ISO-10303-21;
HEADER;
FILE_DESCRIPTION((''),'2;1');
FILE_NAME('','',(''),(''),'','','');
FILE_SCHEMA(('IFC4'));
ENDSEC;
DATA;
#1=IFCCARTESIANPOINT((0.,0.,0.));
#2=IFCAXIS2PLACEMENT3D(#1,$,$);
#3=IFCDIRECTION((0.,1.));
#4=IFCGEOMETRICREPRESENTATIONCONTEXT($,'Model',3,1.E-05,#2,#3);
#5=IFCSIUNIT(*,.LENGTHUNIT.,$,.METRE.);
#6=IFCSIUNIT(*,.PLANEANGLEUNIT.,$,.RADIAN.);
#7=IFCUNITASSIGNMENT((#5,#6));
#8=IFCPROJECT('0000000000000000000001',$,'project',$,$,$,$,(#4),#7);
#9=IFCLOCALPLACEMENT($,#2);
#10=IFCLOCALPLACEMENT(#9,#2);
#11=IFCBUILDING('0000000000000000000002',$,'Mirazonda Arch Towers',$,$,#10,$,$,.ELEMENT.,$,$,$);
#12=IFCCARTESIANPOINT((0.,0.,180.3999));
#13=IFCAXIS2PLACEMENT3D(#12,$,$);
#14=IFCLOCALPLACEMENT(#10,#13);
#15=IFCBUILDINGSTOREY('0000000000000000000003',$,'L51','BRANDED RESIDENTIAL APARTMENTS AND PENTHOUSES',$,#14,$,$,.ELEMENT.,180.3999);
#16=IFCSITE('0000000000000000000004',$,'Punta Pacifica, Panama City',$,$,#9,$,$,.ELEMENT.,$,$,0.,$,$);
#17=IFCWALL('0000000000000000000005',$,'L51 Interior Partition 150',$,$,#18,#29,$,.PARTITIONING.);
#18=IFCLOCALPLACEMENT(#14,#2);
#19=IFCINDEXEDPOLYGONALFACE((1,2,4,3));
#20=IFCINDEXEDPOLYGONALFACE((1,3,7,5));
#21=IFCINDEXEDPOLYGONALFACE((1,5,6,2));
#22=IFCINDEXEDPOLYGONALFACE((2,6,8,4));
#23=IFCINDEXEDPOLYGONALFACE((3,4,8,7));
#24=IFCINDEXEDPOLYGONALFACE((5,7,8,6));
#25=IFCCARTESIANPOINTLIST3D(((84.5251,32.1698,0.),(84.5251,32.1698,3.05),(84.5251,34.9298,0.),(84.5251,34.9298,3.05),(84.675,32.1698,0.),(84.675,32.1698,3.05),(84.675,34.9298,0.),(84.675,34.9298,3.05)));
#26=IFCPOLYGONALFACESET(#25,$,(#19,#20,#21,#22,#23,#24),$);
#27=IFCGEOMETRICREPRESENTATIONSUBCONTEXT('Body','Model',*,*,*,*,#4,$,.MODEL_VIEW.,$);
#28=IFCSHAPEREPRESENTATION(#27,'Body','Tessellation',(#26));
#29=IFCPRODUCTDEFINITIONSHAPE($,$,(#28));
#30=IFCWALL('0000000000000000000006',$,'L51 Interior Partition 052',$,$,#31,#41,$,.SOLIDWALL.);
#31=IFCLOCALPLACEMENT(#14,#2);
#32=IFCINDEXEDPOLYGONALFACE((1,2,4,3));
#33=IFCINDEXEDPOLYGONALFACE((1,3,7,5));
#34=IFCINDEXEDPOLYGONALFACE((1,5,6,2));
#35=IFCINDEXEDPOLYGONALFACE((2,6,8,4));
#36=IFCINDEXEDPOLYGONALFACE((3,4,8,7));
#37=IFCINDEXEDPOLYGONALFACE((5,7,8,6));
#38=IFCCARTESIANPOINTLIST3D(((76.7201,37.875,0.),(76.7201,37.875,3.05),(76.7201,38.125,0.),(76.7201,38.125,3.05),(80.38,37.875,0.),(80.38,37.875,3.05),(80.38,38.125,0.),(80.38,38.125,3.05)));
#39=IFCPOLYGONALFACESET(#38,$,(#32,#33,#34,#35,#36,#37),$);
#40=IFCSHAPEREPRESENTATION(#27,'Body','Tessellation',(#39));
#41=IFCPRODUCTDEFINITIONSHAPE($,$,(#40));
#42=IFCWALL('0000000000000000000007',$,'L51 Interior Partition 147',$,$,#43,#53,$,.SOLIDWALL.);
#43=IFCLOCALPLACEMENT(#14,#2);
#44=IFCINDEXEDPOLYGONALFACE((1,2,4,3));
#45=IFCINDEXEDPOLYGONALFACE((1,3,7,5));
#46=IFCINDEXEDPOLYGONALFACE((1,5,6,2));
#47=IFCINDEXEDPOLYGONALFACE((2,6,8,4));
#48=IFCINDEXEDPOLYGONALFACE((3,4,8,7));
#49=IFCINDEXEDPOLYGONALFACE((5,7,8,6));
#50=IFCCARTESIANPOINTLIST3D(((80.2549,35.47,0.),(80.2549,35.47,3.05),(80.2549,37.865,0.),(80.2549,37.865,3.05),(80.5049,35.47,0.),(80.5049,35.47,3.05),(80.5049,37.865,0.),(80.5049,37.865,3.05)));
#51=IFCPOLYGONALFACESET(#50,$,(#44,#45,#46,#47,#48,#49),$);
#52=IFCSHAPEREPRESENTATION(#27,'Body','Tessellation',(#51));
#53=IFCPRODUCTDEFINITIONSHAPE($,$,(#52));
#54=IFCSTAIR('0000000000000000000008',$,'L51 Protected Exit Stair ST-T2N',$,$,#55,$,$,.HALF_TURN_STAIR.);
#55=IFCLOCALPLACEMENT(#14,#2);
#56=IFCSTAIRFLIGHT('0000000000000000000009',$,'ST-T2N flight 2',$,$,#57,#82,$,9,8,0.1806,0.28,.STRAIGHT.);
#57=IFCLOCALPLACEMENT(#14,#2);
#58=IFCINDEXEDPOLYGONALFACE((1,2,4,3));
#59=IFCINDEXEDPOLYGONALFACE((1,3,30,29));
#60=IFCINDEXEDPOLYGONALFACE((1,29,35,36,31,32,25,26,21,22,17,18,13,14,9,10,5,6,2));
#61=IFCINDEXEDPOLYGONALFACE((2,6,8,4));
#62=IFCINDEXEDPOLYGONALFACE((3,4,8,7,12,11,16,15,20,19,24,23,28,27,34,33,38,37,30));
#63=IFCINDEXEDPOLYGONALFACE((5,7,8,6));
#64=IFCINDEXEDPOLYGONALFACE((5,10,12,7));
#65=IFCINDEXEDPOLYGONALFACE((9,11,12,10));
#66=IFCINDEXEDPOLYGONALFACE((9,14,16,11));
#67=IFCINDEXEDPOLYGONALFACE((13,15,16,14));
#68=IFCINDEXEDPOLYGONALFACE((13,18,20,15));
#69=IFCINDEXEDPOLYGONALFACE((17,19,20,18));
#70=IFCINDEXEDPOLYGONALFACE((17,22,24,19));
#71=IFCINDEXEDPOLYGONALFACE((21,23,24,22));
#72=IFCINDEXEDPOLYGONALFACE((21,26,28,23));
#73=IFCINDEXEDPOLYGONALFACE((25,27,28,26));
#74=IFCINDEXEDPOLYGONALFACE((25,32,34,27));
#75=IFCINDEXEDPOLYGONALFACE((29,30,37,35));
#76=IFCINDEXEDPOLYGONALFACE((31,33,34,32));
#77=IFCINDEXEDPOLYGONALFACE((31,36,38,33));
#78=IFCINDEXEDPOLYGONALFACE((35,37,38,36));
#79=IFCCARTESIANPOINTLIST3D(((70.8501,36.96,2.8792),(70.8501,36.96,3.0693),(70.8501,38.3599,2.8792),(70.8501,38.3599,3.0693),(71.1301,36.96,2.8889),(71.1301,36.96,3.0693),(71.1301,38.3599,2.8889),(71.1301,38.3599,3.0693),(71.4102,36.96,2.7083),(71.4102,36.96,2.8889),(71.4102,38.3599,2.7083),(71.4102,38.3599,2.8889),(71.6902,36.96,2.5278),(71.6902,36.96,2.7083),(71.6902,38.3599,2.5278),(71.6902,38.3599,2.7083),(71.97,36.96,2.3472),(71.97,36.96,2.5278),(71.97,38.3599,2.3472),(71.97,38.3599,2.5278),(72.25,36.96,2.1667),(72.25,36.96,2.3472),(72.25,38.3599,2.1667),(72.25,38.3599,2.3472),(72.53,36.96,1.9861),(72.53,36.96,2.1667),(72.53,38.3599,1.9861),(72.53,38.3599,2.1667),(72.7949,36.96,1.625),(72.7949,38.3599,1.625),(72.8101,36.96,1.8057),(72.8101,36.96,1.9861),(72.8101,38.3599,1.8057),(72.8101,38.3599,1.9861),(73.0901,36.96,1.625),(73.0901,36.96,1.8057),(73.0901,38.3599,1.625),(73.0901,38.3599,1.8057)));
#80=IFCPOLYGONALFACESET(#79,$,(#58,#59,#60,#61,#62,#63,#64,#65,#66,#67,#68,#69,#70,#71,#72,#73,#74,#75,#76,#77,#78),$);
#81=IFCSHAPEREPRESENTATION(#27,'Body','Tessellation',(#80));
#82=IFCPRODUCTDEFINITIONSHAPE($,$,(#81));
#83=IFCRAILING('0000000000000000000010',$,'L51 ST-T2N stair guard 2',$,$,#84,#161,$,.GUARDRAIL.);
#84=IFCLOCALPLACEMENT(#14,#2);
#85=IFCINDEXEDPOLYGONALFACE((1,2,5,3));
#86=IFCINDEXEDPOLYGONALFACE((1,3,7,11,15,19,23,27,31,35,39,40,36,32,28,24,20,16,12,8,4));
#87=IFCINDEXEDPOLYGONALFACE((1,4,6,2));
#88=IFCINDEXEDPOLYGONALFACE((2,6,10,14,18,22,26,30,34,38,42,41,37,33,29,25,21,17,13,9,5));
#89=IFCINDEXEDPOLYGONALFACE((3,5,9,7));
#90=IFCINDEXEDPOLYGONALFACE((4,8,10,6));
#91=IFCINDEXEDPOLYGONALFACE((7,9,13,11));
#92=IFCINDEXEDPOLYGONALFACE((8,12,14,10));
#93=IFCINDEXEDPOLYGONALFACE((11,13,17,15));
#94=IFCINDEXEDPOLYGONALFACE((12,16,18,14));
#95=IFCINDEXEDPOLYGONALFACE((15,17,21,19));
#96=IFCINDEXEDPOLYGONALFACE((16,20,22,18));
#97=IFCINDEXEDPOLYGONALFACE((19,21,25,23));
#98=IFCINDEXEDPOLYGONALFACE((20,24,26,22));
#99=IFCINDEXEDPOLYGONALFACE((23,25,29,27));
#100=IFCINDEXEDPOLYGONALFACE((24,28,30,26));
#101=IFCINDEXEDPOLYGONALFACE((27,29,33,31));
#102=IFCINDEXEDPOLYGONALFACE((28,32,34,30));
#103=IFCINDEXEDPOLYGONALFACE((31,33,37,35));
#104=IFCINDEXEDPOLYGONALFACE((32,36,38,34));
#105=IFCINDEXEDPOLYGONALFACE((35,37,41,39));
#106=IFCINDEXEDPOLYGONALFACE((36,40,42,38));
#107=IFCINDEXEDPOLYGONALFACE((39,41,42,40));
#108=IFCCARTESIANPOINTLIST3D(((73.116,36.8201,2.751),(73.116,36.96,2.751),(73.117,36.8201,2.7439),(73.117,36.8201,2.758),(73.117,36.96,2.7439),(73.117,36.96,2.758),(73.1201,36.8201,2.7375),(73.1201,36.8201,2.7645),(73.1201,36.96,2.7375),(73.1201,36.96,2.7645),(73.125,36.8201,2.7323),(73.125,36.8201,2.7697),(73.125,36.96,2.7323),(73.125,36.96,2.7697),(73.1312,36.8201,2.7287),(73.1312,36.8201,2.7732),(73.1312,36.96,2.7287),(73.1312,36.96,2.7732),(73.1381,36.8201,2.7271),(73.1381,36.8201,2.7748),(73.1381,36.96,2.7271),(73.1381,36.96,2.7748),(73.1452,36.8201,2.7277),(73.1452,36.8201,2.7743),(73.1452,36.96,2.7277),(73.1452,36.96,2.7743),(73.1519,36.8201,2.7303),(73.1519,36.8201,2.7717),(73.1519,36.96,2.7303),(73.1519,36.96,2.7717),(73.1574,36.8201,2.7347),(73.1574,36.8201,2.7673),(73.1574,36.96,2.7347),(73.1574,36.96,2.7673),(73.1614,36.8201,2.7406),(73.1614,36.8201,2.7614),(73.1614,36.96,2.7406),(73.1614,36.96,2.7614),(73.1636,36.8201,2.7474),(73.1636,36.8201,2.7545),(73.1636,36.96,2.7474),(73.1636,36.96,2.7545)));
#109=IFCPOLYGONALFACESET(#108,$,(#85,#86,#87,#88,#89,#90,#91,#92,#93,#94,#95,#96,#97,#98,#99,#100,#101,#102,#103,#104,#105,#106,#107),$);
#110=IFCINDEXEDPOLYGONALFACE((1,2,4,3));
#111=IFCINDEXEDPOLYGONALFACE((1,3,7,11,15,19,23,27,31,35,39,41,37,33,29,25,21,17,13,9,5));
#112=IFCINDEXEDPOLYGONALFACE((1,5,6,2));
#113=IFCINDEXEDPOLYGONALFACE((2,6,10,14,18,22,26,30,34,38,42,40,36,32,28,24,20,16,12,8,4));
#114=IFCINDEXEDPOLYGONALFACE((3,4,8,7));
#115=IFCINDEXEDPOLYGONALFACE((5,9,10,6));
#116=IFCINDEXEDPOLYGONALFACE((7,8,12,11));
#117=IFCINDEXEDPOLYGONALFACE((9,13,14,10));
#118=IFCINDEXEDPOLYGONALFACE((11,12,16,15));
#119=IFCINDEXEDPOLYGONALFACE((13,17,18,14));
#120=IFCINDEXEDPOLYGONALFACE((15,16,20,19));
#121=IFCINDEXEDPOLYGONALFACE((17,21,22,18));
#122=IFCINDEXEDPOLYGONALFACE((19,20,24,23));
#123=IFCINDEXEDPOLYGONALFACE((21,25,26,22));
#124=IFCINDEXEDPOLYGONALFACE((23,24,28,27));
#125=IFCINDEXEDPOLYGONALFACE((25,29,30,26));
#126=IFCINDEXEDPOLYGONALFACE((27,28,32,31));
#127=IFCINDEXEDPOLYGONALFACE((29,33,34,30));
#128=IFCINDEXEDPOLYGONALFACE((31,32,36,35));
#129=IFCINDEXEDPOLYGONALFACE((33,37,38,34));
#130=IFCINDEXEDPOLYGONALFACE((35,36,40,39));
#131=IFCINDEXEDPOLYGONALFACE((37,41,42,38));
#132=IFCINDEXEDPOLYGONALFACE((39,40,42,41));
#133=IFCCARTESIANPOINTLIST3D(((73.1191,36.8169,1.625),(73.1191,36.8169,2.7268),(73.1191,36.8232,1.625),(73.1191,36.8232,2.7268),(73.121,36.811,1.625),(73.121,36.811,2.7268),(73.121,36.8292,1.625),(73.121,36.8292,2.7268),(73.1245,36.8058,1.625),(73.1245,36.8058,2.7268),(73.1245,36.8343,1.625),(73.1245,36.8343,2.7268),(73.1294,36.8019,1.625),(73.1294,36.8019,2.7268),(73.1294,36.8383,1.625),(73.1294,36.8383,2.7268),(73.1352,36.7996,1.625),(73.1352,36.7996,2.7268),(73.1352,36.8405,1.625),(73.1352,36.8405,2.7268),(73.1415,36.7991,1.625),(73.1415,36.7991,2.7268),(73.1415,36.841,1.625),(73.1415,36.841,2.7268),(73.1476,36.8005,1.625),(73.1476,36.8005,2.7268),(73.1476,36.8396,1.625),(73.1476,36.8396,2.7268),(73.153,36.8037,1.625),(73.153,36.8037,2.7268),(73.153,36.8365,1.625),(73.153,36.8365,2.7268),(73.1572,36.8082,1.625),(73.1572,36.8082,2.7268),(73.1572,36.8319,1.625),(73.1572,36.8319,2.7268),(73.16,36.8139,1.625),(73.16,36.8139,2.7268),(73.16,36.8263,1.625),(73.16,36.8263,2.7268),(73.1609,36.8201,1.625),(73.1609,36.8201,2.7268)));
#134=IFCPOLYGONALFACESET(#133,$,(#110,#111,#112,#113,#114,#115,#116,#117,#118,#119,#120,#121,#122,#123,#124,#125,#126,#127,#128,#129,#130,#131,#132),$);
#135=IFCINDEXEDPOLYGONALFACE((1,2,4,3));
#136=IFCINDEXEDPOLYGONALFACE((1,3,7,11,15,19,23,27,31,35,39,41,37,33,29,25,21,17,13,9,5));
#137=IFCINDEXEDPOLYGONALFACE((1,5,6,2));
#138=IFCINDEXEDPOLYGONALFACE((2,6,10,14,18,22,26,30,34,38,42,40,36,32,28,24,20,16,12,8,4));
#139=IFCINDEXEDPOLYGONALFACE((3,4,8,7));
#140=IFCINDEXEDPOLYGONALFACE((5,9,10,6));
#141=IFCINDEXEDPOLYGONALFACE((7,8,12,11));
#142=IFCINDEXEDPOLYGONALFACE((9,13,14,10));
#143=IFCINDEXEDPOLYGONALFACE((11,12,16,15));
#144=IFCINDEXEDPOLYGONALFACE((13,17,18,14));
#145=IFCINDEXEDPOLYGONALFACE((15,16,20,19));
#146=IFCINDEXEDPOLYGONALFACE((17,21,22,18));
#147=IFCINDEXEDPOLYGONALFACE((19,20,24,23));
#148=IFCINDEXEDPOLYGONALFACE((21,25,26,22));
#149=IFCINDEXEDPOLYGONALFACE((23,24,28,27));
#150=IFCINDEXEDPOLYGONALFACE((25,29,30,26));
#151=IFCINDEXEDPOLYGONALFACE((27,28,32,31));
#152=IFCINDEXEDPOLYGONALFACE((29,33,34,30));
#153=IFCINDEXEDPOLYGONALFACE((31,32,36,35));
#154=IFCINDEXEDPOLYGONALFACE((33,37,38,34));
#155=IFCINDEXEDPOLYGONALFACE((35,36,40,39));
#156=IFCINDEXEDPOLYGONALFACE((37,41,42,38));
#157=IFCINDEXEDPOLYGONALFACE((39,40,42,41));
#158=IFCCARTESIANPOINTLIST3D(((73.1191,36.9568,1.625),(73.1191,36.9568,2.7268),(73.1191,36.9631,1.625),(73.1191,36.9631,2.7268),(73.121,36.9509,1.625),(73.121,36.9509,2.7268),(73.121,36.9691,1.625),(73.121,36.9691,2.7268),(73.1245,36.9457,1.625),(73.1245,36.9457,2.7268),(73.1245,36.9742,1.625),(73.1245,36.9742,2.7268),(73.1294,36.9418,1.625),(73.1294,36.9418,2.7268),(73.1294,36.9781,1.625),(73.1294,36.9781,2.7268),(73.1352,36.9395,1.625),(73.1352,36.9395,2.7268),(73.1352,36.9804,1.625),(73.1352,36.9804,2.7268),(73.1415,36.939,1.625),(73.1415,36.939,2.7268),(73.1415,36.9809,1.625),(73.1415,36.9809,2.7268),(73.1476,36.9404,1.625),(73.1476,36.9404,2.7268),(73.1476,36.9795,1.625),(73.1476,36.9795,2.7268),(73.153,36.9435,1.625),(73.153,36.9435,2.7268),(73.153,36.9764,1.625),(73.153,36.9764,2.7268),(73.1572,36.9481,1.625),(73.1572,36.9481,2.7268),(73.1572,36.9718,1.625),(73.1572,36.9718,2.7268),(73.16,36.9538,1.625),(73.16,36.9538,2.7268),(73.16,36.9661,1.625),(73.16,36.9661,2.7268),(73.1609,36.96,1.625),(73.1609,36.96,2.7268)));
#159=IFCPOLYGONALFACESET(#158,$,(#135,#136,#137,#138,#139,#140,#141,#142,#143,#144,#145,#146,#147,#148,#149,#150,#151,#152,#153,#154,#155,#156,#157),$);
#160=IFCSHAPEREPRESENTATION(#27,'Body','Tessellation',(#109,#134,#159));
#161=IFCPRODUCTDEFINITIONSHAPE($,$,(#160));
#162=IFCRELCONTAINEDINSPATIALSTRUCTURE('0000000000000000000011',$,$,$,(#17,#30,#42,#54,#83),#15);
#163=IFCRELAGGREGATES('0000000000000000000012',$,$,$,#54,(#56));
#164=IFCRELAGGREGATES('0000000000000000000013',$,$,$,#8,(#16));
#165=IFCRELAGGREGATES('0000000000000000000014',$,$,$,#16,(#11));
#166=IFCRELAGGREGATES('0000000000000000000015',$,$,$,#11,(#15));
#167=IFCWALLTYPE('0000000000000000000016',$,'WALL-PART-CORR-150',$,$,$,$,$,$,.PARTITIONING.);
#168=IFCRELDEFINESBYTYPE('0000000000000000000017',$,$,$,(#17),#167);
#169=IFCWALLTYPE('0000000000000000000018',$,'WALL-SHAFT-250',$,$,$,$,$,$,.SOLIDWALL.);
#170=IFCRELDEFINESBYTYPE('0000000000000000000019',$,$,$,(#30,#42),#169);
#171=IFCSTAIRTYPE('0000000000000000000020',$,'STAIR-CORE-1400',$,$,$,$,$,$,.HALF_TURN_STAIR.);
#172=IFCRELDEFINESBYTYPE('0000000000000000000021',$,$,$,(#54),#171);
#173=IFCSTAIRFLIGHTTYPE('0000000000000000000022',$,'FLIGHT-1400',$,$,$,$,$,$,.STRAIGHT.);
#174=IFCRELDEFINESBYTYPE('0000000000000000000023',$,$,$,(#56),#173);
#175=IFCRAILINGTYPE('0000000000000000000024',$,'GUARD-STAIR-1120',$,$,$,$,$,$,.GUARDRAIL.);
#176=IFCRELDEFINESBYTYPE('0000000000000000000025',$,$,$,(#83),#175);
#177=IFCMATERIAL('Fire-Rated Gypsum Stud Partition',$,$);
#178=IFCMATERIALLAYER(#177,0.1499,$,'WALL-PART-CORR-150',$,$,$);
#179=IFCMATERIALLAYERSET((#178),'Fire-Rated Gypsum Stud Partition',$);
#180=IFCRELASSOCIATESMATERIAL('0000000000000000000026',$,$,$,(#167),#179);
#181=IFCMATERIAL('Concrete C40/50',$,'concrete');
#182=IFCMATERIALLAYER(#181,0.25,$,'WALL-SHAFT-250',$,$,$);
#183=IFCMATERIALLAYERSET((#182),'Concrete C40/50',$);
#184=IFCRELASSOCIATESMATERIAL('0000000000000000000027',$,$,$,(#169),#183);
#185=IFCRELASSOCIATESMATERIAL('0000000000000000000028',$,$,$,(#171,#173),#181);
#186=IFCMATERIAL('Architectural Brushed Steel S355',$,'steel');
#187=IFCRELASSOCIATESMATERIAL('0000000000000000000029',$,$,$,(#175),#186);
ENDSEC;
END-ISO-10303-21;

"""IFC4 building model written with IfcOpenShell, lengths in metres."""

from ifc_helpers import new_model, si_unit, direction, frame, frame_2d, origin, origin_2d, place, context, subcontext, project, spatial, polyline, rectangle, circle, outline, extrude, material, layer, layer_set, type_object, element, aggregate, save


model = new_model("IFC4")

# Units and contexts
model_context = context("Model", 3, precision=1e-05, world=origin(), true_north=direction((0.0, 1.0)))
body_context = subcontext(model_context, "Body", "Model", "MODEL_VIEW")
ifc_project = project(units=[si_unit("LENGTHUNIT", "METRE"), si_unit("PLANEANGLEUNIT", "RADIAN")], contexts=[model_context])

# Site, building, storey
site_placement = place(None, origin())
site = spatial("IfcSite", under=ifc_project, at=site_placement, Name="Punta Pacifica, Panama City", CompositionType="ELEMENT", RefElevation=0.0)
building_placement = place(site_placement, origin())
building = spatial("IfcBuilding", under=site, at=building_placement, Name="Mirazonda Arch Towers", CompositionType="ELEMENT")
storey_placement = place(building_placement, frame((0.0, 0.0, 180.3999)))
storey = spatial("IfcBuildingStorey", under=building, at=storey_placement, Name="L51", Description="BRANDED RESIDENTIAL APARTMENTS AND PENTHOUSES", CompositionType="ELEMENT", Elevation=180.3999)

# Shared definitions
ifc_material_1 = material(Name="Concrete C40/50", Category="concrete")
ifc_material_2 = material(Name="Fire-Rated Gypsum Stud Partition")
ifc_layer_1 = layer(ifc_material_2, 0.1499, Name="WALL-PART-CORR-150")
ifc_layer_set_1 = layer_set([ifc_layer_1], Name="Fire-Rated Gypsum Stud Partition")
wall_type_1 = type_object("IfcWallType", Name="WALL-PART-CORR-150", PredefinedType="PARTITIONING", material=ifc_layer_set_1)

# Shared definitions
ifc_material_3 = material(Name="Architectural Brushed Steel S355", Category="steel")

# Walls
wall_1_placement = place(storey_placement, frame((84.6001, 32.1699, 0.0), z_axis=(0.0, 0.0, 1.0), x_axis=(0.0, 1.0, 0.0)))
element("IfcWall", 1, at=wall_1_placement, inside=storey, type_object=wall_type_1, Name="L51 Interior Partition 150", PredefinedType="PARTITIONING", context=body_context, shape_type="SweptSolid", body=[
    extrude(rectangle(XDim=2.76, YDim=0.1499, at=frame_2d((1.3799, 0.0))), origin(), (0.0, 0.0, 1.0), 3.05),
])
ifc_layer_2 = layer(ifc_material_1, 0.25, Name="WALL-SHAFT-250")
ifc_layer_set_2 = layer_set([ifc_layer_2], Name="Concrete C40/50")
wall_type_2 = type_object("IfcWallType", Name="WALL-SHAFT-250", PredefinedType="SOLIDWALL", material=ifc_layer_set_2)
wall_2_placement = place(storey_placement, frame((76.72, 38.0, 0.0), z_axis=(0.0, 0.0, 1.0), x_axis=(1.0, 0.0, 0.0)))
element("IfcWall", 2, at=wall_2_placement, inside=storey, type_object=wall_type_2, Name="L51 Interior Partition 052", PredefinedType="SOLIDWALL", context=body_context, shape_type="SweptSolid", body=[
    extrude(rectangle(XDim=3.6599, YDim=0.25, at=frame_2d((1.8301, 0.0))), origin(), (0.0, 0.0, 1.0), 3.05),
])
wall_3_placement = place(storey_placement, frame((80.3799, 35.47, 0.0), z_axis=(0.0, 0.0, 1.0), x_axis=(0.0, 1.0, 0.0)))
element("IfcWall", 3, at=wall_3_placement, inside=storey, type_object=wall_type_2, Name="L51 Interior Partition 147", PredefinedType="SOLIDWALL", context=body_context, shape_type="SweptSolid", body=[
    extrude(rectangle(XDim=2.395, YDim=0.25, at=frame_2d((1.1975, 0.0))), origin(), (0.0, 0.0, 1.0), 3.05),
])

# Stair, stair flight
stair_type = type_object("IfcStairType", Name="STAIR-CORE-1400", PredefinedType="HALF_TURN_STAIR", material=ifc_material_1)
stair_placement = place(storey_placement, origin())
stair = element("IfcStair", 4, at=stair_placement, inside=storey, type_object=stair_type, Name="L51 Protected Exit Stair ST-T2N", PredefinedType="HALF_TURN_STAIR")
stair_flight_type = type_object("IfcStairFlightType", Name="FLIGHT-1400", PredefinedType="STRAIGHT", material=ifc_material_1)
stair_flight_placement = place(storey_placement, frame((73.0901, 37.6599, 1.625), z_axis=(0.0, 0.0, 1.0), x_axis=(-1.0, 0.0, 0.0)))
stair_flight = element("IfcStairFlight", 5, at=stair_flight_placement, type_object=stair_flight_type, Name="ST-T2N flight 2", NumberOfRisers=9, NumberOfTreads=8, PredefinedType="STRAIGHT", RiserHeight=0.1806, TreadLength=0.28, context=body_context, shape_type="SweptSolid", body=[
    extrude(outline(polyline([(0.0, 0.0), (0.0, 0.1807), (0.28, 0.1807), (0.28, 0.3611), (0.5601, 0.3611), (0.5601, 0.5417), (0.8401, 0.5417), (0.8401, 0.7222), (1.1201, 0.7222), (1.1201, 0.9028), (1.3999, 0.9028), (1.3999, 1.0833), (1.6799, 1.0833), (1.6799, 1.2639), (1.96, 1.2639), (1.96, 1.4443), (2.24, 1.4443), (2.24, 1.625), (2.24, 1.2542), (0.2952, 0.0), (0.0, 0.0)])), frame((0.0, 0.7, 0.0), z_axis=(0.0, -1.0, 0.0), x_axis=(1.0, 0.0, 0.0)), (0.0, 0.0, 1.0), 1.3999),
])
aggregate(stair, [stair_flight])

# Railing
railing_type_1 = type_object("IfcRailingType", Name="GUARD-STAIR-1120", PredefinedType="GUARDRAIL", material=ifc_material_3)
railing_1_placement = place(storey_placement, frame((73.1399, 36.8201, 1.625)))
element("IfcRailing", 6, at=railing_1_placement, inside=storey, type_object=railing_type_1, Name="L51 ST-T2N stair guard 2", PredefinedType="GUARDRAIL", context=body_context, shape_type="SweptSolid", body=[
    extrude(circle(Radius=0.0239, at=origin_2d()), frame((0.0, 0.0, 1.126), z_axis=(0.0, 1.0, 0.0), x_axis=(-1.0, 0.0, 0.0)), (0.0, 0.0, 1.0), 0.1399),
    extrude(circle(Radius=0.021, at=origin_2d()), origin(), (0.0, 0.0, 1.0), 1.1018),
    extrude(circle(Radius=0.021, at=origin_2d()), frame((0.0, 0.1399, 0.0)), (0.0, 0.0, 1.0), 1.1018),
])

save(model, "model.ifc")
